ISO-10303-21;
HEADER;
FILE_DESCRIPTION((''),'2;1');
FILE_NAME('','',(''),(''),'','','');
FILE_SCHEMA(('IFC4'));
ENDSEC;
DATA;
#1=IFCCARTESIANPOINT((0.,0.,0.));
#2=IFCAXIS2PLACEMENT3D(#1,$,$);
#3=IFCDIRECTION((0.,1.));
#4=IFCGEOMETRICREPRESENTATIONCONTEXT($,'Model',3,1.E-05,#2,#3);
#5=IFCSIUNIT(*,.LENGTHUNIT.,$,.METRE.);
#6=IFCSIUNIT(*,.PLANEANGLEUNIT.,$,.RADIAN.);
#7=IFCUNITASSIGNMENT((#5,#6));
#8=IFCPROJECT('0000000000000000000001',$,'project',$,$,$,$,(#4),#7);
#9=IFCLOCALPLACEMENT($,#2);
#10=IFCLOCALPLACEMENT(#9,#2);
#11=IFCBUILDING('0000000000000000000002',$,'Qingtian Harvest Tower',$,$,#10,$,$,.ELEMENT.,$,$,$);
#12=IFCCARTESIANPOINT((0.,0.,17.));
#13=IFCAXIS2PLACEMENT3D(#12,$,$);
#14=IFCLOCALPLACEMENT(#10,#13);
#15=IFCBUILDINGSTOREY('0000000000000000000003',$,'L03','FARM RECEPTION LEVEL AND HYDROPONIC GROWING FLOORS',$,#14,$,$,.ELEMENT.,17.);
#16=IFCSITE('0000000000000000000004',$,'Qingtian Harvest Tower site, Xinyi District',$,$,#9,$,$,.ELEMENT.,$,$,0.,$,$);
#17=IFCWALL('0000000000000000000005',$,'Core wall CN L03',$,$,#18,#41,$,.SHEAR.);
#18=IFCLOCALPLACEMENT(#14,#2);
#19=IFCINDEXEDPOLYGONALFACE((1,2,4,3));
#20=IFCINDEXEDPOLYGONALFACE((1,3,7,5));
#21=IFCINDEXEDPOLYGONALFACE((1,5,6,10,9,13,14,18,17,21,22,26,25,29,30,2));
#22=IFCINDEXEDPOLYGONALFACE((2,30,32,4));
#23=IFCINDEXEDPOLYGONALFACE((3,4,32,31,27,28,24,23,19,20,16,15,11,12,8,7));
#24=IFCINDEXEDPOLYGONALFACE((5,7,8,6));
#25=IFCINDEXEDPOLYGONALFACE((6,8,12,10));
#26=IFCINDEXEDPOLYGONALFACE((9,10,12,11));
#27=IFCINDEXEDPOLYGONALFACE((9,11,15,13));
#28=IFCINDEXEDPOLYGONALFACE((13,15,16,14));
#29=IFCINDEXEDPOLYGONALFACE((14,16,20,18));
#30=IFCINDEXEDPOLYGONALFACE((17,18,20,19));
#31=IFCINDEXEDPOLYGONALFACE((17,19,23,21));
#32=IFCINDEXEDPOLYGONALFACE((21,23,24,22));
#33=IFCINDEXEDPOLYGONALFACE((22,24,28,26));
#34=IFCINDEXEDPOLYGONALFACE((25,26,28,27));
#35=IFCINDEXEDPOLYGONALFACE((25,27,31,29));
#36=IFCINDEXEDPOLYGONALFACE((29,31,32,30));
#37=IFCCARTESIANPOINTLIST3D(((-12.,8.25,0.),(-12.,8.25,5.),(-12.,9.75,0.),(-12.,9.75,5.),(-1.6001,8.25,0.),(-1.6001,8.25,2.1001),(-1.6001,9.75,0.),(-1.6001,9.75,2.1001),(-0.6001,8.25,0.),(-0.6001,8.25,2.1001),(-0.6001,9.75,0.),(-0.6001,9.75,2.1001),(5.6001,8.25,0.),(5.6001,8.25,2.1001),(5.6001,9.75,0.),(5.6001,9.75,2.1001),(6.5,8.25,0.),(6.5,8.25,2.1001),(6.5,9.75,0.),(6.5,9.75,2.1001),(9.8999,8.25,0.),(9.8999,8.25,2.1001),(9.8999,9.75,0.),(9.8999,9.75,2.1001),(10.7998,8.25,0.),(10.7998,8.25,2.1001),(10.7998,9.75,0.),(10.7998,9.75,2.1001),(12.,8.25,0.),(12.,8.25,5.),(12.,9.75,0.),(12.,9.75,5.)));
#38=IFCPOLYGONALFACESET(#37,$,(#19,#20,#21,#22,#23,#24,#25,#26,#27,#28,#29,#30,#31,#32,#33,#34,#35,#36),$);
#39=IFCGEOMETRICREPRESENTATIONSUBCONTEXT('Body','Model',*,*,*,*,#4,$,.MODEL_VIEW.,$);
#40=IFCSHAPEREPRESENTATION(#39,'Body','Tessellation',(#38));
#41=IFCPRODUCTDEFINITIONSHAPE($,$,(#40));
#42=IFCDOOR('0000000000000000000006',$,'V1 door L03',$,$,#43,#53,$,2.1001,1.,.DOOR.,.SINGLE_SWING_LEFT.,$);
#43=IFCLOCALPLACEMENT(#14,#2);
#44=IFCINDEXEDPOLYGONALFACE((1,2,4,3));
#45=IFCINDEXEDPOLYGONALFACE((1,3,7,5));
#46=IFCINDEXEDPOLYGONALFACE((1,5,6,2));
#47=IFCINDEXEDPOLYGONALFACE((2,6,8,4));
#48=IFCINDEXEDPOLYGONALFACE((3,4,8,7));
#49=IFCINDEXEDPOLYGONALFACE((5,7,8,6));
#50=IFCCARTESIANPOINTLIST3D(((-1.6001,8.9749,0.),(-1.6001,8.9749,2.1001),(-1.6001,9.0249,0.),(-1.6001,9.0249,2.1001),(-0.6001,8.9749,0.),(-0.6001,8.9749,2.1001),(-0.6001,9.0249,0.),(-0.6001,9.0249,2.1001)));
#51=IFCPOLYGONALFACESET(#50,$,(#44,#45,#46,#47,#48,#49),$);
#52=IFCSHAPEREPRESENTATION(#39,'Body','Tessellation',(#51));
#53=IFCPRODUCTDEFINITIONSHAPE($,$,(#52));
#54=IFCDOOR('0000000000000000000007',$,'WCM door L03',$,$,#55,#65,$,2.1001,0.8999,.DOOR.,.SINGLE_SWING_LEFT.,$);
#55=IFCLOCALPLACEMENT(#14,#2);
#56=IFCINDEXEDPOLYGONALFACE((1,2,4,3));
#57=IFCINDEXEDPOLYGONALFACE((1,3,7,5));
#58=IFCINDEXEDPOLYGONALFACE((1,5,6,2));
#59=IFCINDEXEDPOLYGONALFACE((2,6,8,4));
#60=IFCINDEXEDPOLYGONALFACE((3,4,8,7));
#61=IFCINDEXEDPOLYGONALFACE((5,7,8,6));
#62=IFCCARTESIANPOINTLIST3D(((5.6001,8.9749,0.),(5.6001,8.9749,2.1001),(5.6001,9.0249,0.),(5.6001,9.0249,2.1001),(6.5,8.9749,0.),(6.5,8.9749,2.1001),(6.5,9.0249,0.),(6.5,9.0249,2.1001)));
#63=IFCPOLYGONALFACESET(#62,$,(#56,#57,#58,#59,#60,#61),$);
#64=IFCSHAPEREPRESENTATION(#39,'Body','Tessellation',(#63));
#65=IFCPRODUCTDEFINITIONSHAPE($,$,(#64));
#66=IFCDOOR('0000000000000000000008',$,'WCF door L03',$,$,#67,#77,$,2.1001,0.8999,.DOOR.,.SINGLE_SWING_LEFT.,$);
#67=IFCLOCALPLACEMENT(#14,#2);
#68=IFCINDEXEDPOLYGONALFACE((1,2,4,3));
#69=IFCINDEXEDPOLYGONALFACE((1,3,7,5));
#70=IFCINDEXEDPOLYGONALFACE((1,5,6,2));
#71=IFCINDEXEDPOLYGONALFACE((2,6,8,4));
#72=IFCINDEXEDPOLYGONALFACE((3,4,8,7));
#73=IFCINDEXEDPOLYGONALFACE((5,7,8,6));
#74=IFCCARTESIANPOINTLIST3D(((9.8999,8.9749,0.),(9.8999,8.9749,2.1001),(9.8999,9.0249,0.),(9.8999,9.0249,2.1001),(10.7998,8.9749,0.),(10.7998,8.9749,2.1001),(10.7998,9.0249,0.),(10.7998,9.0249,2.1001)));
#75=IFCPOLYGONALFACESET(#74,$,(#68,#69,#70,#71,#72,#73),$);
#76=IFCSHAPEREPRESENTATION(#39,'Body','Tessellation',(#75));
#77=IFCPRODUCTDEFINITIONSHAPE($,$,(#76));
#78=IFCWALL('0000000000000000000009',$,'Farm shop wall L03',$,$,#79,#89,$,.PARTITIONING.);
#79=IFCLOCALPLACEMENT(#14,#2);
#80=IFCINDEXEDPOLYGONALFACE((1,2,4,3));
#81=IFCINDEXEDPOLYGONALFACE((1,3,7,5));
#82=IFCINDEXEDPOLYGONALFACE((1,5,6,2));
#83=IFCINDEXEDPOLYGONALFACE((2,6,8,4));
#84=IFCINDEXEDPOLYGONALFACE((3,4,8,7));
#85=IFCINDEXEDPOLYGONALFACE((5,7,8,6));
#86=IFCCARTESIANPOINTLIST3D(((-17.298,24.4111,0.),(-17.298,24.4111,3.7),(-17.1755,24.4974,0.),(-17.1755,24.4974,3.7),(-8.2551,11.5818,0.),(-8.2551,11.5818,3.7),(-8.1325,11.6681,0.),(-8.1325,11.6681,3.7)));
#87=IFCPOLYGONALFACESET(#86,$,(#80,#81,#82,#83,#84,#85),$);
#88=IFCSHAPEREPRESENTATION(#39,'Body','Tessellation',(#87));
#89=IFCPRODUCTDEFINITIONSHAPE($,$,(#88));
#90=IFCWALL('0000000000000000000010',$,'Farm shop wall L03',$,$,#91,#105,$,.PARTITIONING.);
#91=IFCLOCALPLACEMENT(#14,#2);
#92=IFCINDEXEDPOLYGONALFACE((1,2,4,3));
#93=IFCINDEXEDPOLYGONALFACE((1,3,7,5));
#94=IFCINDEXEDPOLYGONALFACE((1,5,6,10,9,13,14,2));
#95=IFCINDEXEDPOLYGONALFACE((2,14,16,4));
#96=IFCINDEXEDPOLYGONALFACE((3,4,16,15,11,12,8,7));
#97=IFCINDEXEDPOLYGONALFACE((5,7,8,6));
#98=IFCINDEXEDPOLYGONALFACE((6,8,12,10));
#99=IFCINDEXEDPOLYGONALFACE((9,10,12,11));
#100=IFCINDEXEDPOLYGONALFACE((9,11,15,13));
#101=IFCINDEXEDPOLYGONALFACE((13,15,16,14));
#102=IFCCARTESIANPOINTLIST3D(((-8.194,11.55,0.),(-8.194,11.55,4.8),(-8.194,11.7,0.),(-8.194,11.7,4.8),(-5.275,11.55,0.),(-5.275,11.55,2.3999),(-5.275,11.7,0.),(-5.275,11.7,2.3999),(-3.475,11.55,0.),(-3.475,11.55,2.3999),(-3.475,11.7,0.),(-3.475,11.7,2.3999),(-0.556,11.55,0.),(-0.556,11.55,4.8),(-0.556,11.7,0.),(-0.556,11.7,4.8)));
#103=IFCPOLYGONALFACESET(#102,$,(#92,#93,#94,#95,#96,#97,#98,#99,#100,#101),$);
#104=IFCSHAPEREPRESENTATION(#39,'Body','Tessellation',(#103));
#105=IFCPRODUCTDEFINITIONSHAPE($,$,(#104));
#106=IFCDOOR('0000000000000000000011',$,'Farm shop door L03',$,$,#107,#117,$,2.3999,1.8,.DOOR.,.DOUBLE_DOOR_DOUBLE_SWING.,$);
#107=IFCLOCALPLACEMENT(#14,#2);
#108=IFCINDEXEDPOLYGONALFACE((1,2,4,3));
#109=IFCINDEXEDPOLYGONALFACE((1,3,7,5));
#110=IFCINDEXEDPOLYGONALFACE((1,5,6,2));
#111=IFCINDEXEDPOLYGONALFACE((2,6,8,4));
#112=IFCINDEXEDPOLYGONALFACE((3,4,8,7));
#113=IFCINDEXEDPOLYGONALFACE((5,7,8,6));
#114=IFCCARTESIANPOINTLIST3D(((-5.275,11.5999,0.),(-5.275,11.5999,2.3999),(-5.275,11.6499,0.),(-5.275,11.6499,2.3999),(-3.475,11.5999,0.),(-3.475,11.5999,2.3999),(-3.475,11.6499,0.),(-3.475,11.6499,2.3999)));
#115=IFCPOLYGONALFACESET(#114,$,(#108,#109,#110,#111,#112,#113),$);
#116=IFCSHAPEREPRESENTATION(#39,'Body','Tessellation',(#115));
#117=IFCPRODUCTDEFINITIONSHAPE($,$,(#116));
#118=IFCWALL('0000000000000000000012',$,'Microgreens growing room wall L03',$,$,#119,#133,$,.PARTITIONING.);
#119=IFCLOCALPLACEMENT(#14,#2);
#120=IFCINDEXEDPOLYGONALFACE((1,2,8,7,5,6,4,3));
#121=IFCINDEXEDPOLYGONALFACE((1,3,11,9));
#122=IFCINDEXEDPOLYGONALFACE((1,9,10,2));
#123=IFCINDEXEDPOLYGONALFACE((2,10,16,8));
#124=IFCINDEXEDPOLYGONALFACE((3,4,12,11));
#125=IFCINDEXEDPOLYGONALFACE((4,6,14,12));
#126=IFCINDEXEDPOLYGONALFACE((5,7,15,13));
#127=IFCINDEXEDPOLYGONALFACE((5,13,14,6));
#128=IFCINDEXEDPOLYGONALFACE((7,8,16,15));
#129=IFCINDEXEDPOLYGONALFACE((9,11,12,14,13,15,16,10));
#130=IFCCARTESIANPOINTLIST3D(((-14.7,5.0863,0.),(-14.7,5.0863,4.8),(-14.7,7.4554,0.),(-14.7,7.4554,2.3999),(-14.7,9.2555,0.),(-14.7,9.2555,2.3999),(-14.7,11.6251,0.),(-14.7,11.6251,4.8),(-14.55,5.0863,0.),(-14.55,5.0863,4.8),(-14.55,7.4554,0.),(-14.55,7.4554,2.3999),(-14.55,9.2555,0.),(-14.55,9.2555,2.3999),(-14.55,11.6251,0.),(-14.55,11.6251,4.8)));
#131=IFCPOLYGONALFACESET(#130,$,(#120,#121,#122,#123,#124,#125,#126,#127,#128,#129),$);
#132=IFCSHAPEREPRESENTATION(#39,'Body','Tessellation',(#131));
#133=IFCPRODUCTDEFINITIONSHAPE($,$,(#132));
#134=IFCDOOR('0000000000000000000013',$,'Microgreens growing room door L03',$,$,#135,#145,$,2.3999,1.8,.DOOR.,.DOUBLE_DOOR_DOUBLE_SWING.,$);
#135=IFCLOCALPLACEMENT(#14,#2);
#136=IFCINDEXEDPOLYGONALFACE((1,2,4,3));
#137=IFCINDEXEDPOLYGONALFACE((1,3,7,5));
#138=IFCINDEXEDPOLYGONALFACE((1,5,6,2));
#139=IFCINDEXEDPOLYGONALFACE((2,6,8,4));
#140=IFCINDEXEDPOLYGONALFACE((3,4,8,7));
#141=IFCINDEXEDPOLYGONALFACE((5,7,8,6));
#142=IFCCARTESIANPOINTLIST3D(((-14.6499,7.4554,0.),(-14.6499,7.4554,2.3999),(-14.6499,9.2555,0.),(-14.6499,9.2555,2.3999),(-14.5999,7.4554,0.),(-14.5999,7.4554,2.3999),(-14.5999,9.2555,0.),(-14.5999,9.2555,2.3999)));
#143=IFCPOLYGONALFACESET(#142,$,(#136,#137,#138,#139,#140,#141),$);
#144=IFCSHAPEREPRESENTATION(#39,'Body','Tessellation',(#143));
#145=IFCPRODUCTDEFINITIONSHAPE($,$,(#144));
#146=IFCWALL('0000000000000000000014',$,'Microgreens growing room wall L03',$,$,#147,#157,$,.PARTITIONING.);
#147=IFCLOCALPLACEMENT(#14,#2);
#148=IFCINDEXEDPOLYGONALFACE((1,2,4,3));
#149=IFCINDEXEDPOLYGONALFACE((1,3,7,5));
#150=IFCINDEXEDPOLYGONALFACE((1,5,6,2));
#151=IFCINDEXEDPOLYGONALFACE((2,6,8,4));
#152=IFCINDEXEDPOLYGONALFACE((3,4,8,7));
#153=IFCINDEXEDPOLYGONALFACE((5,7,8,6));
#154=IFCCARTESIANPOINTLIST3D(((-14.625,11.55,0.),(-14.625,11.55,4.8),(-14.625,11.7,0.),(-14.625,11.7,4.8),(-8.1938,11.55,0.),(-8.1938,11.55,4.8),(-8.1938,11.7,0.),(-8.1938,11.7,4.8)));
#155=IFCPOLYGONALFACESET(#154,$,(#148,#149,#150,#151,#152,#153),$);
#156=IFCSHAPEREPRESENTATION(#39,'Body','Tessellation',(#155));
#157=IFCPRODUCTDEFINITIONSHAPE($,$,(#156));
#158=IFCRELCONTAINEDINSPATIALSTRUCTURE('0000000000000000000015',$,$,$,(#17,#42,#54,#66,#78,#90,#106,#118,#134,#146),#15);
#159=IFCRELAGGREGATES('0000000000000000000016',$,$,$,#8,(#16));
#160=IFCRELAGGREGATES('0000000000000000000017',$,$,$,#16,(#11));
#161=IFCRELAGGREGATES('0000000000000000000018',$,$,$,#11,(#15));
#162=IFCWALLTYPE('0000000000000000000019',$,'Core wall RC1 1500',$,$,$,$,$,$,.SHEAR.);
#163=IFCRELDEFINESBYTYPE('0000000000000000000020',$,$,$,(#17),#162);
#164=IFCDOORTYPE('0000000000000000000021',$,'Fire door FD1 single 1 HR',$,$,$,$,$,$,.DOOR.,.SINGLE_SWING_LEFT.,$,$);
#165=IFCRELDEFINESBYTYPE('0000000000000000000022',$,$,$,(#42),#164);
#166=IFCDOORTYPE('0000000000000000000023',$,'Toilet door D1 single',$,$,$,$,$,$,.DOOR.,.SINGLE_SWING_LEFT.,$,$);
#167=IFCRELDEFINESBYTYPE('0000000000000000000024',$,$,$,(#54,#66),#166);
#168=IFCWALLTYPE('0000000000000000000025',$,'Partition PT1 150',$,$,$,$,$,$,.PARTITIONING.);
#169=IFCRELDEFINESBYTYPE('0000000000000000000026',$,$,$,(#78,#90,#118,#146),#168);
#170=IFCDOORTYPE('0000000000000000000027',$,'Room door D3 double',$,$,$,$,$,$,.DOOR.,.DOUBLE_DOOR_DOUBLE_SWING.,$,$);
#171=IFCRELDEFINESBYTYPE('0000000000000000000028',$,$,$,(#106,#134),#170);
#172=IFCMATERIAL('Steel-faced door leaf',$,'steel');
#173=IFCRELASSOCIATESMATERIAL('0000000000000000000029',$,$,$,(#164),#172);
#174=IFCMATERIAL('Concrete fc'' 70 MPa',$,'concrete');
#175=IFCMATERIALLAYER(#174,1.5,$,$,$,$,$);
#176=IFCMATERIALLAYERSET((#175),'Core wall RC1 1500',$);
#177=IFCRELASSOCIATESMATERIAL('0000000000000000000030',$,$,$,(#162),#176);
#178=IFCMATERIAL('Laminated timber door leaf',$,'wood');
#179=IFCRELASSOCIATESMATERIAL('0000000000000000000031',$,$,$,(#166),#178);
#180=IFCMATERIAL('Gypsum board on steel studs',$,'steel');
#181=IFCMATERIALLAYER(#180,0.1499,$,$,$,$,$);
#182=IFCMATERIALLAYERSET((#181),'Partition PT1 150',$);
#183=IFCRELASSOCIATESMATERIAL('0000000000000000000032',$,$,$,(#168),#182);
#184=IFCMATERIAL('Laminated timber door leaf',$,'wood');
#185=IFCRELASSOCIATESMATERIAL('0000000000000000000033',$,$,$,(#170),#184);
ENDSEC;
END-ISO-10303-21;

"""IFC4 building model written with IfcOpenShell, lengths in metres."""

from ifc_helpers import new_model, si_unit, direction, frame, frame_2d, origin, place, context, subcontext, project, spatial, rectangle, extrude, material, layer, layer_set, type_object, element, fill, save


model = new_model("IFC4")

# Units and contexts
model_context = context("Model", 3, precision=1e-05, world=origin(), true_north=direction((0.0, 1.0)))
body_context = subcontext(model_context, "Body", "Model", "MODEL_VIEW")
ifc_project = project(units=[si_unit("LENGTHUNIT", "METRE"), si_unit("PLANEANGLEUNIT", "RADIAN")], contexts=[model_context])

# Site, building, storey
site_placement = place(None, origin())
site = spatial("IfcSite", under=ifc_project, at=site_placement, Name="Qingtian Harvest Tower site, Xinyi District", CompositionType="ELEMENT", RefElevation=0.0)
building_placement = place(site_placement, origin())
building = spatial("IfcBuilding", under=site, at=building_placement, Name="Qingtian Harvest Tower", CompositionType="ELEMENT")
storey_placement = place(building_placement, frame((0.0, 0.0, 17.0)))
storey = spatial("IfcBuildingStorey", under=building, at=storey_placement, Name="L03", Description="FARM RECEPTION LEVEL AND HYDROPONIC GROWING FLOORS", CompositionType="ELEMENT", Elevation=17.0)

# Shared definitions
ifc_material_1 = material(Name="Steel-faced door leaf", Category="steel")
door_type_1 = type_object("IfcDoorType", Name="Fire door FD1 single 1 HR", OperationType="SINGLE_SWING_LEFT", PredefinedType="DOOR", material=ifc_material_1)

# Wall, openings, doors
ifc_material_2 = material(Name="Concrete fc' 70 MPa", Category="concrete")
ifc_layer_1 = layer(ifc_material_2, 1.5)
ifc_layer_set_1 = layer_set([ifc_layer_1], Name="Core wall RC1 1500")
wall_type_1 = type_object("IfcWallType", Name="Core wall RC1 1500", PredefinedType="SHEAR", material=ifc_layer_set_1)
wall_1_placement = place(storey_placement, frame((-12.0, 9.0, 0.0), z_axis=(0.0, 0.0, 1.0), x_axis=(1.0, 0.0, 0.0)))
wall_1 = element("IfcWall", 1, at=wall_1_placement, inside=storey, type_object=wall_type_1, Name="Core wall CN L03", PredefinedType="SHEAR", context=body_context, shape_type="SweptSolid", body=[
    extrude(rectangle(XDim=24.0, YDim=1.5, at=frame_2d((12.0, 0.0))), origin(), (0.0, 0.0, 1.0), 5.0),
])
opening_1_placement = place(wall_1_placement, frame((10.3999, 0.0, 0.0)))
opening_1 = element("IfcOpeningElement", 2, at=opening_1_placement, cuts=wall_1, PredefinedType="OPENING", context=body_context, shape_type="SweptSolid", body=[
    extrude(rectangle(XDim=1.0, YDim=2.1001, at=frame_2d((0.5, 1.05))), frame((0.0, 0.76, 0.0), z_axis=(0.0, -1.0, 0.0), x_axis=(1.0, 0.0, 0.0)), (0.0, 0.0, 1.0), 1.52),
])
opening_2_placement = place(wall_1_placement, frame((17.6001, 0.0, 0.0)))
opening_2 = element("IfcOpeningElement", 3, at=opening_2_placement, cuts=wall_1, PredefinedType="OPENING", context=body_context, shape_type="SweptSolid", body=[
    extrude(rectangle(XDim=0.8999, YDim=2.1001, at=frame_2d((0.45, 1.05))), frame((0.0, 0.76, 0.0), z_axis=(0.0, -1.0, 0.0), x_axis=(1.0, 0.0, 0.0)), (0.0, 0.0, 1.0), 1.52),
])
opening_3_placement = place(wall_1_placement, frame((21.8999, 0.0, 0.0)))
opening_3 = element("IfcOpeningElement", 4, at=opening_3_placement, cuts=wall_1, PredefinedType="OPENING", context=body_context, shape_type="SweptSolid", body=[
    extrude(rectangle(XDim=0.8999, YDim=2.1001, at=frame_2d((0.45, 1.05))), frame((0.0, 0.76, 0.0), z_axis=(0.0, -1.0, 0.0), x_axis=(1.0, 0.0, 0.0)), (0.0, 0.0, 1.0), 1.52),
])
door_1_placement = place(opening_1_placement, origin())
door_1 = element("IfcDoor", 5, at=door_1_placement, inside=storey, type_object=door_type_1, Name="V1 door L03", OperationType="SINGLE_SWING_LEFT", OverallHeight=2.1001, OverallWidth=1.0, PredefinedType="DOOR", context=body_context, shape_type="SweptSolid", body=[
    extrude(rectangle(XDim=1.0, YDim=2.1001, at=frame_2d((0.5, 1.05))), frame((0.0, 0.0249, 0.0), z_axis=(0.0, -1.0, 0.0), x_axis=(1.0, 0.0, 0.0)), (0.0, 0.0, 1.0), 0.05),
])
fill(opening_1, door_1)
ifc_material_3 = material(Name="Laminated timber door leaf", Category="wood")
door_type_2 = type_object("IfcDoorType", Name="Toilet door D1 single", OperationType="SINGLE_SWING_LEFT", PredefinedType="DOOR", material=ifc_material_3)
door_2_placement = place(opening_2_placement, origin())
door_2 = element("IfcDoor", 6, at=door_2_placement, inside=storey, type_object=door_type_2, Name="WCM door L03", OperationType="SINGLE_SWING_LEFT", OverallHeight=2.1001, OverallWidth=0.8999, PredefinedType="DOOR", context=body_context, shape_type="SweptSolid", body=[
    extrude(rectangle(XDim=0.8999, YDim=2.1001, at=frame_2d((0.45, 1.05))), frame((0.0, 0.0249, 0.0), z_axis=(0.0, -1.0, 0.0), x_axis=(1.0, 0.0, 0.0)), (0.0, 0.0, 1.0), 0.05),
])
fill(opening_2, door_2)
door_3_placement = place(opening_3_placement, origin())
door_3 = element("IfcDoor", 7, at=door_3_placement, inside=storey, type_object=door_type_2, Name="WCF door L03", OperationType="SINGLE_SWING_LEFT", OverallHeight=2.1001, OverallWidth=0.8999, PredefinedType="DOOR", context=body_context, shape_type="SweptSolid", body=[
    extrude(rectangle(XDim=0.8999, YDim=2.1001, at=frame_2d((0.45, 1.05))), frame((0.0, 0.0249, 0.0), z_axis=(0.0, -1.0, 0.0), x_axis=(1.0, 0.0, 0.0)), (0.0, 0.0, 1.0), 0.05),
])
fill(opening_3, door_3)

# Wall
ifc_material_4 = material(Name="Gypsum board on steel studs", Category="steel")
ifc_layer_2 = layer(ifc_material_4, 0.1499)
ifc_layer_set_2 = layer_set([ifc_layer_2], Name="Partition PT1 150")
wall_type_2 = type_object("IfcWallType", Name="Partition PT1 150", PredefinedType="PARTITIONING", material=ifc_layer_set_2)
wall_2_placement = place(storey_placement, frame((-17.2368, 24.4543, 0.0), z_axis=(0.0, 0.0, 1.0), x_axis=(0.576129, -0.817359, 0.0)))
element("IfcWall", 8, at=wall_2_placement, inside=storey, type_object=wall_type_2, Name="Farm shop wall L03", PredefinedType="PARTITIONING", context=body_context, shape_type="SweptSolid", body=[
    extrude(rectangle(XDim=15.696, YDim=0.1499, at=frame_2d((7.8481, 0.0))), origin(), (0.0, 0.0, 1.0), 3.7),
])

# Walls, openings, doors
wall_3_placement = place(storey_placement, frame((-8.1938, 11.625, 0.0), z_axis=(0.0, 0.0, 1.0), x_axis=(1.0, 0.0, 0.0)))
wall_3 = element("IfcWall", 9, at=wall_3_placement, inside=storey, type_object=wall_type_2, Name="Farm shop wall L03", PredefinedType="PARTITIONING", context=body_context, shape_type="SweptSolid", body=[
    extrude(rectangle(XDim=7.6379, YDim=0.1499, at=frame_2d((3.8188, 0.0))), origin(), (0.0, 0.0, 1.0), 4.8),
])
opening_4_placement = place(wall_3_placement, frame((2.9189, 0.0, 0.0)))
opening_4 = element("IfcOpeningElement", 10, at=opening_4_placement, cuts=wall_3, PredefinedType="OPENING", context=body_context, shape_type="SweptSolid", body=[
    extrude(rectangle(XDim=1.8, YDim=2.3999, at=frame_2d((0.8999, 1.2))), frame((0.0, 0.085, 0.0), z_axis=(0.0, -1.0, 0.0), x_axis=(1.0, 0.0, 0.0)), (0.0, 0.0, 1.0), 0.1699),
])
ifc_material_5 = material(Name="Laminated timber door leaf", Category="wood")
door_type_3 = type_object("IfcDoorType", Name="Room door D3 double", OperationType="DOUBLE_DOOR_DOUBLE_SWING", PredefinedType="DOOR", material=ifc_material_5)
door_4_placement = place(opening_4_placement, origin())
door_4 = element("IfcDoor", 11, at=door_4_placement, inside=storey, type_object=door_type_3, Name="Farm shop door L03", OperationType="DOUBLE_DOOR_DOUBLE_SWING", OverallHeight=2.3999, OverallWidth=1.8, PredefinedType="DOOR", context=body_context, shape_type="SweptSolid", body=[
    extrude(rectangle(XDim=1.8, YDim=2.3999, at=frame_2d((0.8999, 1.2))), frame((0.0, 0.0249, 0.0), z_axis=(0.0, -1.0, 0.0), x_axis=(1.0, 0.0, 0.0)), (0.0, 0.0, 1.0), 0.05),
])
fill(opening_4, door_4)
wall_4_placement = place(storey_placement, frame((-14.625, 5.0862, 0.0), z_axis=(0.0, 0.0, 1.0), x_axis=(0.0, 1.0, 0.0)))
wall_4 = element("IfcWall", 12, at=wall_4_placement, inside=storey, type_object=wall_type_2, Name="Microgreens growing room wall L03", PredefinedType="PARTITIONING", context=body_context, shape_type="SweptSolid", body=[
    extrude(rectangle(XDim=6.5388, YDim=0.1499, at=frame_2d((3.2695, 0.0))), origin(), (0.0, 0.0, 1.0), 4.8),
])
opening_5_placement = place(wall_4_placement, frame((2.3694, 0.0, 0.0)))
opening_5 = element("IfcOpeningElement", 13, at=opening_5_placement, cuts=wall_4, PredefinedType="OPENING", context=body_context, shape_type="SweptSolid", body=[
    extrude(rectangle(XDim=1.8, YDim=2.3999, at=frame_2d((0.8999, 1.2))), frame((0.0, 0.085, 0.0), z_axis=(0.0, -1.0, 0.0), x_axis=(1.0, 0.0, 0.0)), (0.0, 0.0, 1.0), 0.1699),
])
door_5_placement = place(opening_5_placement, origin())
door_5 = element("IfcDoor", 14, at=door_5_placement, inside=storey, type_object=door_type_3, Name="Microgreens growing room door L03", OperationType="DOUBLE_DOOR_DOUBLE_SWING", OverallHeight=2.3999, OverallWidth=1.8, PredefinedType="DOOR", context=body_context, shape_type="SweptSolid", body=[
    extrude(rectangle(XDim=1.8, YDim=2.3999, at=frame_2d((0.8999, 1.2))), frame((0.0, 0.0249, 0.0), z_axis=(0.0, -1.0, 0.0), x_axis=(1.0, 0.0, 0.0)), (0.0, 0.0, 1.0), 0.05),
])
fill(opening_5, door_5)

# Wall
wall_5_placement = place(storey_placement, frame((-14.625, 11.625, 0.0), z_axis=(0.0, 0.0, 1.0), x_axis=(1.0, 0.0, 0.0)))
element("IfcWall", 15, at=wall_5_placement, inside=storey, type_object=wall_type_2, Name="Microgreens growing room wall L03", PredefinedType="PARTITIONING", context=body_context, shape_type="SweptSolid", body=[
    extrude(rectangle(XDim=6.4312, YDim=0.1499, at=frame_2d((3.2156, 0.0))), origin(), (0.0, 0.0, 1.0), 4.8),
])

save(model, "model.ifc")
